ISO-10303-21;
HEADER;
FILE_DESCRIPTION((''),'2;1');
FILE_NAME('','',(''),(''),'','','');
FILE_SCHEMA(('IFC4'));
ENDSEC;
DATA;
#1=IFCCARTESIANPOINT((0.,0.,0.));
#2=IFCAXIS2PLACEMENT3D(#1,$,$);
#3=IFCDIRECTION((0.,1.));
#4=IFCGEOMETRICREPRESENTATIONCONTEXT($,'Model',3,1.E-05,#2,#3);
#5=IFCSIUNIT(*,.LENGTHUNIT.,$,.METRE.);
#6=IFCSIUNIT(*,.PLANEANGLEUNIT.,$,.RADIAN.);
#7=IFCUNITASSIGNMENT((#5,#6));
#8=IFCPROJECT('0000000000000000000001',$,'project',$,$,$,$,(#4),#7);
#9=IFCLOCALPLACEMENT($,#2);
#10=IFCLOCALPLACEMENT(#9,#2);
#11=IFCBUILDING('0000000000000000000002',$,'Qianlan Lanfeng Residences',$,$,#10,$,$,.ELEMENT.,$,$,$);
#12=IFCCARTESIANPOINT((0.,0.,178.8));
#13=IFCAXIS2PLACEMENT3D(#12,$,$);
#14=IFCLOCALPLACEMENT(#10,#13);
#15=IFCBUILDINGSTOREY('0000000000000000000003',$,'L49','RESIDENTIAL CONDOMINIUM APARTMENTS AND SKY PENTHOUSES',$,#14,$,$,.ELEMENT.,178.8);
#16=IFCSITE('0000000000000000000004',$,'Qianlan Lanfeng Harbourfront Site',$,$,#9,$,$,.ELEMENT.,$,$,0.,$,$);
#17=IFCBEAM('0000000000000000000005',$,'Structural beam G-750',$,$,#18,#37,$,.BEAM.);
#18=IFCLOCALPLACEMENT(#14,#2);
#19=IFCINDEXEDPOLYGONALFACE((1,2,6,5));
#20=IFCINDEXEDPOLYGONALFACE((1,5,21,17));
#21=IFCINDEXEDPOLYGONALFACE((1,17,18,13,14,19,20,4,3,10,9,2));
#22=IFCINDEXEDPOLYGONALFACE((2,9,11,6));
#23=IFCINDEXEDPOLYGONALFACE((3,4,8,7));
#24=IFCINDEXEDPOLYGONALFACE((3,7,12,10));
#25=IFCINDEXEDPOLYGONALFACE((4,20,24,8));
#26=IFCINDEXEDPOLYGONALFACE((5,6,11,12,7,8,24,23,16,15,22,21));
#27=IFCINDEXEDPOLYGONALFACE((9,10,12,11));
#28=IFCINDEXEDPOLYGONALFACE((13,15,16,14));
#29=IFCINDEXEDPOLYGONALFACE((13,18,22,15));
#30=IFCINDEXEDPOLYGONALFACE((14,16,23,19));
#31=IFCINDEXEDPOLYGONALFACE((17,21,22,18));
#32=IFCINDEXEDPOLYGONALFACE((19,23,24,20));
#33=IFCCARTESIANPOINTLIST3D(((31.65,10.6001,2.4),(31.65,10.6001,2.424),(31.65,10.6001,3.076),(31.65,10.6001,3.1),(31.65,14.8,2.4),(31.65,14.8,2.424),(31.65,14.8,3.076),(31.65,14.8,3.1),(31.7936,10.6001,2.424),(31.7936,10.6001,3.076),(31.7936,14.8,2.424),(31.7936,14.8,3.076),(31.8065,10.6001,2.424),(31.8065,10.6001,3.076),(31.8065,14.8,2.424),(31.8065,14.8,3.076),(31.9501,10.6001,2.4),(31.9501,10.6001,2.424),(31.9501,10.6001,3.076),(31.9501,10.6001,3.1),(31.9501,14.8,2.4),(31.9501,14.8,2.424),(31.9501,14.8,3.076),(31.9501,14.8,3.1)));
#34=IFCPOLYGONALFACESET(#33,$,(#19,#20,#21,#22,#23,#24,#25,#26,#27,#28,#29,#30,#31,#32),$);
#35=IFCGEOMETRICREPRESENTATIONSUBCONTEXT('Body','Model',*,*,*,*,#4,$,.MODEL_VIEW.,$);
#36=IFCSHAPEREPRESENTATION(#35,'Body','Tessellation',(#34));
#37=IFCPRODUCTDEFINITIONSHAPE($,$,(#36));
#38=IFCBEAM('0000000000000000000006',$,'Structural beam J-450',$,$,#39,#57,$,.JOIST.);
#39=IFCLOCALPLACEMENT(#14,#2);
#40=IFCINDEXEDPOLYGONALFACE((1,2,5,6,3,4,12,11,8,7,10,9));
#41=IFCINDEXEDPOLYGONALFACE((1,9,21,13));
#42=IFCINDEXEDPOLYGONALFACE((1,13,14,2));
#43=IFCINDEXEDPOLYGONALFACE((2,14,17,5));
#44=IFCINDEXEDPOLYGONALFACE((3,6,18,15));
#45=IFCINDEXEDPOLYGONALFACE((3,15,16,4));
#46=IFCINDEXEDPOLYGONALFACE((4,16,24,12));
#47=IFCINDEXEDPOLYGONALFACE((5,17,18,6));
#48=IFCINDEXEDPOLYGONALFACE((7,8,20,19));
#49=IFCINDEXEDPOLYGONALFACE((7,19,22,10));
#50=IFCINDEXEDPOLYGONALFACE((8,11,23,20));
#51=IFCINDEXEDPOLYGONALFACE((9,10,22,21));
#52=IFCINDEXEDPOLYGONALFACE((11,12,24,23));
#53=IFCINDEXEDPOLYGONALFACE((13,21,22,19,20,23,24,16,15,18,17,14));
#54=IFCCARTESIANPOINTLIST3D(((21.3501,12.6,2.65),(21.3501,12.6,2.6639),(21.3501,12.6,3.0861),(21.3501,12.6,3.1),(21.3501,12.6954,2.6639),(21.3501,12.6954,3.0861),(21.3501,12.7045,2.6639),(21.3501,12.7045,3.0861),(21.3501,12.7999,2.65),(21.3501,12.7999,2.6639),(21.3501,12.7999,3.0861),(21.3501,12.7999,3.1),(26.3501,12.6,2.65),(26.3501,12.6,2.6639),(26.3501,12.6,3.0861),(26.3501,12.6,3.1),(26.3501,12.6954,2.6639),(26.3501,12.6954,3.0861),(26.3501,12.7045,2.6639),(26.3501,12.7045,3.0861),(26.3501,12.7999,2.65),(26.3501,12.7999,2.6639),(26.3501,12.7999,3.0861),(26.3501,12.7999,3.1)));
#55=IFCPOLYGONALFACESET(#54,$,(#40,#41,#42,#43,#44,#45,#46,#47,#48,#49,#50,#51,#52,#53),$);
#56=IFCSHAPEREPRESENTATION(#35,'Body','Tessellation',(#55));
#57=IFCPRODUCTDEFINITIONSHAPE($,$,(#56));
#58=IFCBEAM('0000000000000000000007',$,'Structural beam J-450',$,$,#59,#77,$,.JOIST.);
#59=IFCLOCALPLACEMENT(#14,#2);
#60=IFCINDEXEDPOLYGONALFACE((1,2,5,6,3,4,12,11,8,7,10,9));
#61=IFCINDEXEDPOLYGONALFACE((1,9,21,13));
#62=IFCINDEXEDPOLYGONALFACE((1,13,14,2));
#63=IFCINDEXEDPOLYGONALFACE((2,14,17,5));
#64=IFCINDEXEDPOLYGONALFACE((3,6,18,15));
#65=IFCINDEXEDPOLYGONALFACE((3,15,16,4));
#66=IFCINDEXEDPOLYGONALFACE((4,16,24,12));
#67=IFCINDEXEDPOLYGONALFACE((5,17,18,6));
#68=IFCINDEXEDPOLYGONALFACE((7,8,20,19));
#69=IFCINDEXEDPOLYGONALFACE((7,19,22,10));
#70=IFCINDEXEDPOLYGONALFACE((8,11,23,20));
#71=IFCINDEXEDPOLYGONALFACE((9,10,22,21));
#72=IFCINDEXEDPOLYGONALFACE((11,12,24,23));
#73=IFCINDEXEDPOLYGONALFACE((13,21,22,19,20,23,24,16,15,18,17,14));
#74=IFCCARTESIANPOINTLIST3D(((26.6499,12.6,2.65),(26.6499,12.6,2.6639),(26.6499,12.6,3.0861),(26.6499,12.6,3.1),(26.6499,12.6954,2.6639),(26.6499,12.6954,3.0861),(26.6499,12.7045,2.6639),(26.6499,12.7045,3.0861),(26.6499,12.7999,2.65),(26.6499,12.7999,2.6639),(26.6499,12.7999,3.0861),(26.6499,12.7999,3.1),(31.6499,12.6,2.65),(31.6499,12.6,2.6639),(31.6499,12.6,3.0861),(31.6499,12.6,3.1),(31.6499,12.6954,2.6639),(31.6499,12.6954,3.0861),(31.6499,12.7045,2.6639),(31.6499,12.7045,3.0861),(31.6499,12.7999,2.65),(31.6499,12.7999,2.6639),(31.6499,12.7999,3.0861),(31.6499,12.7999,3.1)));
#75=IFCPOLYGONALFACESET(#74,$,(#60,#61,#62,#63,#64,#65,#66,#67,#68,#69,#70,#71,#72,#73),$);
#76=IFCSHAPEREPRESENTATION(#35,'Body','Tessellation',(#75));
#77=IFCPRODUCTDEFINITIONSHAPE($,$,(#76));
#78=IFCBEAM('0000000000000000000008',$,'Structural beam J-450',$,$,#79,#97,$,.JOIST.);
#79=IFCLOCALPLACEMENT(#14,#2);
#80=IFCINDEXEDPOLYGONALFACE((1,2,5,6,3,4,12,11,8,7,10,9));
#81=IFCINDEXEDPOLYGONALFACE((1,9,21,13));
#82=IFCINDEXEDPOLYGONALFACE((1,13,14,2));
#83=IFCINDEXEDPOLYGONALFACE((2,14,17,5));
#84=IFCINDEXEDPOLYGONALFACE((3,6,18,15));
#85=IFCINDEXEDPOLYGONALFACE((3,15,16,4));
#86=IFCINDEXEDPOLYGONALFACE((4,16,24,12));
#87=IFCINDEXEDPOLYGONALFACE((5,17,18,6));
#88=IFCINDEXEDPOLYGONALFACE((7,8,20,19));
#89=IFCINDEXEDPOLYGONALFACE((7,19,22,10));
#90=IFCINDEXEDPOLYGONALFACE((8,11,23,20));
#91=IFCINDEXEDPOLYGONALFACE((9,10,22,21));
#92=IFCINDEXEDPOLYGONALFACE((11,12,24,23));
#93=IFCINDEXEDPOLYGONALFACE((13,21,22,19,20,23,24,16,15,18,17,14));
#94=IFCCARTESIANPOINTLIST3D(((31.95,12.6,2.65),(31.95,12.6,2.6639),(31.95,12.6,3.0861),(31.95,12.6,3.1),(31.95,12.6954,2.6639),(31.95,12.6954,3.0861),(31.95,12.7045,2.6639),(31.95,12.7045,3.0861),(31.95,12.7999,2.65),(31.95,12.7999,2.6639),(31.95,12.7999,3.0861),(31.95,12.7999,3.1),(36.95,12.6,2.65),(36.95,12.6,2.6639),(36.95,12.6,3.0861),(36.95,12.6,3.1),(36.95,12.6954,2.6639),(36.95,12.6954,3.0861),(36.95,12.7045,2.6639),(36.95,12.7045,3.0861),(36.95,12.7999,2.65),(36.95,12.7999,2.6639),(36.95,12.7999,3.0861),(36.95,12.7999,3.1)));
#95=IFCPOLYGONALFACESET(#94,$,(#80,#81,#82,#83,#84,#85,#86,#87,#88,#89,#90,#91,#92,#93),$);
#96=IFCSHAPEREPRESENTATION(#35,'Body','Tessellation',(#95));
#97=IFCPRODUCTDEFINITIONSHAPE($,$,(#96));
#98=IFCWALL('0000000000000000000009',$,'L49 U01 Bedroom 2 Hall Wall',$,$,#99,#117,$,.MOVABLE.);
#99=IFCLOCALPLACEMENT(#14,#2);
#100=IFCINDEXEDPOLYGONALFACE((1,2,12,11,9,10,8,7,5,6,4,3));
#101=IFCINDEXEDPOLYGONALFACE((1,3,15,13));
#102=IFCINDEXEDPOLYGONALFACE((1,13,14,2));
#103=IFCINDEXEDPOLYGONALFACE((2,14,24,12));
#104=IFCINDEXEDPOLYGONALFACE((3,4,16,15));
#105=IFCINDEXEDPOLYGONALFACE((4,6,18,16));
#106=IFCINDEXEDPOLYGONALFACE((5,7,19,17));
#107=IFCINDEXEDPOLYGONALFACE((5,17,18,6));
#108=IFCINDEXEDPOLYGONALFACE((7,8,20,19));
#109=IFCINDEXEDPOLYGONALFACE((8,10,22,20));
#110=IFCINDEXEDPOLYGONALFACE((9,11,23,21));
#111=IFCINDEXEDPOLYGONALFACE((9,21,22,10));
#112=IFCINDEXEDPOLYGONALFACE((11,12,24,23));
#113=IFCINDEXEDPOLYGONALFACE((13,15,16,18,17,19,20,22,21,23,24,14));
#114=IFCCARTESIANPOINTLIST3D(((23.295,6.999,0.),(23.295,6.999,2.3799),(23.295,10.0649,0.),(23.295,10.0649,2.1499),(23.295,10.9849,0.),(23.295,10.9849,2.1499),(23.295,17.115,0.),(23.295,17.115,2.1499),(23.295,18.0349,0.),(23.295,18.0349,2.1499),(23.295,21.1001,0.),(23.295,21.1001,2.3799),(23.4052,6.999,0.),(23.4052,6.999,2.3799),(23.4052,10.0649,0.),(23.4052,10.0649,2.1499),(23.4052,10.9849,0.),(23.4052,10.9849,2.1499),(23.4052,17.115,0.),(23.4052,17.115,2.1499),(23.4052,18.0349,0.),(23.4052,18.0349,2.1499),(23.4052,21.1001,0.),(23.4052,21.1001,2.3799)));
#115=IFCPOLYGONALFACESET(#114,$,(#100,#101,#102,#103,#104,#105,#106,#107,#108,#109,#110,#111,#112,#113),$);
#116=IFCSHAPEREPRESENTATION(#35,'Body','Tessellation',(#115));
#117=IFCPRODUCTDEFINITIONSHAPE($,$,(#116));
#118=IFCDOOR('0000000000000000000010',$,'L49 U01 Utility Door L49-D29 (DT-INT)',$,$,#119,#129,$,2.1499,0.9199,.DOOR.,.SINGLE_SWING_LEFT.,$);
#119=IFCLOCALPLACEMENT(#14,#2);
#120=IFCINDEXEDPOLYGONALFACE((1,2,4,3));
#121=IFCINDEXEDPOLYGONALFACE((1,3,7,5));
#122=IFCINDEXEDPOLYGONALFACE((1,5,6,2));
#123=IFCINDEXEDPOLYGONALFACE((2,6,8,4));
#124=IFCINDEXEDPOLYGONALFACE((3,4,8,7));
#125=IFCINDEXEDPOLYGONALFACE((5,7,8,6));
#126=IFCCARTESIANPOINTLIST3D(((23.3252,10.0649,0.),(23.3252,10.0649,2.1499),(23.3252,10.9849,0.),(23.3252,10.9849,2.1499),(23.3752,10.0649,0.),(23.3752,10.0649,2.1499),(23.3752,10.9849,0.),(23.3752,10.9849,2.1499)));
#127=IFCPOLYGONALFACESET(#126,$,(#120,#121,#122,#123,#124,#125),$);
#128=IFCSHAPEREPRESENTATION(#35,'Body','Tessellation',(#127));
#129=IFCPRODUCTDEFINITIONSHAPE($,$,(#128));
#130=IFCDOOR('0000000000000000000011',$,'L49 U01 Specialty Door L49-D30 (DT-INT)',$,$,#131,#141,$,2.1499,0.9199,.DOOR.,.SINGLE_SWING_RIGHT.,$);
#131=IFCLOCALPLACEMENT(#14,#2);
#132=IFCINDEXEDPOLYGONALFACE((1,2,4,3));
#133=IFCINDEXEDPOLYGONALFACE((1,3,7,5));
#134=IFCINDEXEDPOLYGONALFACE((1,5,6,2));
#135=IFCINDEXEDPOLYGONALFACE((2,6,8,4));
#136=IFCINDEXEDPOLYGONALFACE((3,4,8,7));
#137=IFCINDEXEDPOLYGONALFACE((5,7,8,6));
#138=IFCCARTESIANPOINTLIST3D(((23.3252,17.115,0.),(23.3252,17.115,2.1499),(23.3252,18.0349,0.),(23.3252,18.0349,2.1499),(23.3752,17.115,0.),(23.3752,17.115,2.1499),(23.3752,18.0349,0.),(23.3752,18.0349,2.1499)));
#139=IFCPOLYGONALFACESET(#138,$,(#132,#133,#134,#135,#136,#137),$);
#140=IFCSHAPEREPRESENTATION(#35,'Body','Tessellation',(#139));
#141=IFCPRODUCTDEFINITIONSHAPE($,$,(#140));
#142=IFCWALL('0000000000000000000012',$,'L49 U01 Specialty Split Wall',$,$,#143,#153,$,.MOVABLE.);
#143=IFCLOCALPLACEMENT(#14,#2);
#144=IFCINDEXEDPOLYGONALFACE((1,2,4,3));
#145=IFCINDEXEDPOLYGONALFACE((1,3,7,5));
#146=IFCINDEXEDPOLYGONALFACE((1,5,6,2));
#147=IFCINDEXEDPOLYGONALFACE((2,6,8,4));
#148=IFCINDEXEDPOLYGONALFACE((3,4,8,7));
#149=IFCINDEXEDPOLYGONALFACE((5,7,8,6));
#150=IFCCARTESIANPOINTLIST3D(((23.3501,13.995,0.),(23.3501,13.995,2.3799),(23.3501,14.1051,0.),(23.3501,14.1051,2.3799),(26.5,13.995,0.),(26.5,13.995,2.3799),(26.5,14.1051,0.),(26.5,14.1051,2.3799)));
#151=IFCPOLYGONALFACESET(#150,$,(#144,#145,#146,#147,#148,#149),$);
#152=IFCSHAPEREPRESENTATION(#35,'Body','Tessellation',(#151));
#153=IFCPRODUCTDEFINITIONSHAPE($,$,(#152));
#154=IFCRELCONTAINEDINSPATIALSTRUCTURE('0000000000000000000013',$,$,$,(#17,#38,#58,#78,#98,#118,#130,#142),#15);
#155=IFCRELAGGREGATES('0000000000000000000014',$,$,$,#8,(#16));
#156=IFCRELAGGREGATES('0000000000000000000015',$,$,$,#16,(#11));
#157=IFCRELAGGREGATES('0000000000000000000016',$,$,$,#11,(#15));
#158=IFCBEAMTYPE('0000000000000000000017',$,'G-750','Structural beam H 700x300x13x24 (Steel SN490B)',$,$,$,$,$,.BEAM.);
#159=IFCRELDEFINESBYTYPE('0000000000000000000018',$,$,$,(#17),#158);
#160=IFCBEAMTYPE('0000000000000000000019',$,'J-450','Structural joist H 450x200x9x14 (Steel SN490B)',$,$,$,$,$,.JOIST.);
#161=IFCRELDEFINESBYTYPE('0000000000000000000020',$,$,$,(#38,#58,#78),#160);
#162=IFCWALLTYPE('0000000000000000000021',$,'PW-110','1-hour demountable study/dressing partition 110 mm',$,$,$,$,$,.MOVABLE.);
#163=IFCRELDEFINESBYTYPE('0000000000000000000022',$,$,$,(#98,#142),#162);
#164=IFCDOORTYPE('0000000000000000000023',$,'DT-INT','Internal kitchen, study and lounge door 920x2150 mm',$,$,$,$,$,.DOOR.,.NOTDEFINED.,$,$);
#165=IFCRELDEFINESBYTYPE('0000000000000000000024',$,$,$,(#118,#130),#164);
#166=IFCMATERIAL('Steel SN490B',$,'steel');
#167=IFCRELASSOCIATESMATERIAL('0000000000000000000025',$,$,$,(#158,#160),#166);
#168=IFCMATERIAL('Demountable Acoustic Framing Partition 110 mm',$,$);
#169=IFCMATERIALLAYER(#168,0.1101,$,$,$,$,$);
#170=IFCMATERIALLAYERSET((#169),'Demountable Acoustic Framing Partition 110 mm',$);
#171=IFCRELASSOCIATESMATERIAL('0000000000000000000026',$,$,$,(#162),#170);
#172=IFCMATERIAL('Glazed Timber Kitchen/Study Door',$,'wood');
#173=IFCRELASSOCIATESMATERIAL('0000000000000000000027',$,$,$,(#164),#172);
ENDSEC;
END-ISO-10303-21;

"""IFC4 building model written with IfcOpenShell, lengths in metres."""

from ifc_helpers import new_model, si_unit, direction, frame, frame_2d, origin, origin_2d, place, context, subcontext, project, spatial, rectangle, i_section, extrude, material, layer, layer_set, material_profile, profile_set, type_object, element, fill, save


model = new_model("IFC4")

# Units and contexts
model_context = context("Model", 3, precision=1e-05, world=origin(), true_north=direction((0.0, 1.0)))
body_context = subcontext(model_context, "Body", "Model", "MODEL_VIEW")
ifc_project = project(units=[si_unit("LENGTHUNIT", "METRE"), si_unit("PLANEANGLEUNIT", "RADIAN")], contexts=[model_context])

# Site, building, storey
site_placement = place(None, origin())
site = spatial("IfcSite", under=ifc_project, at=site_placement, Name="Qianlan Lanfeng Harbourfront Site", CompositionType="ELEMENT", RefElevation=0.0)
building_placement = place(site_placement, origin())
building = spatial("IfcBuilding", under=site, at=building_placement, Name="Qianlan Lanfeng Residences", CompositionType="ELEMENT")
storey_placement = place(building_placement, frame((0.0, 0.0, 178.8)))
storey = spatial("IfcBuildingStorey", under=building, at=storey_placement, Name="L49", Description="RESIDENTIAL CONDOMINIUM APARTMENTS AND SKY PENTHOUSES", CompositionType="ELEMENT", Elevation=178.8)

# Shared definitions
ifc_material_1 = material(Name="Steel SN490B", Category="steel")

# Beams
ifc_material_profile_1 = material_profile(ifc_material_1, i_section(OverallWidth=0.3, OverallDepth=0.7, WebThickness=0.0129, FlangeThickness=0.0239, at=origin_2d()), Name="H 700x300x13x24")
ifc_profile_set_1 = profile_set([ifc_material_profile_1], Name="Steel SN490B")
beam_type_1 = type_object("IfcBeamType", Name="G-750", Description="Structural beam H 700x300x13x24 (Steel SN490B)", PredefinedType="BEAM", material=ifc_profile_set_1)
beam_1_placement = place(storey_placement, frame((31.8, 10.6001, 2.75), z_axis=(0.0, 1.0, 0.0), x_axis=(-1.0, 0.0, 0.0)))
element("IfcBeam", 1, at=beam_1_placement, inside=storey, type_object=beam_type_1, Name="Structural beam G-750", PredefinedType="BEAM", context=body_context, shape_type="SweptSolid", body=[
    extrude(i_section(OverallWidth=0.3, OverallDepth=0.7, WebThickness=0.0129, FlangeThickness=0.0239, at=origin_2d()), origin(), (0.0, 0.0, 1.0), 4.2),
])
ifc_material_profile_2 = material_profile(ifc_material_1, i_section(OverallWidth=0.2, OverallDepth=0.45, WebThickness=0.009, FlangeThickness=0.0139, at=origin_2d()), Name="H 450x200x9x14")
ifc_profile_set_2 = profile_set([ifc_material_profile_2], Name="Steel SN490B")
beam_type_2 = type_object("IfcBeamType", Name="J-450", Description="Structural joist H 450x200x9x14 (Steel SN490B)", PredefinedType="JOIST", material=ifc_profile_set_2)
for number, where, z_axis, x_axis, name in (
    (2, (21.3501, 12.7, 2.875), (1.0, 0.0, 0.0), (0.0, 1.0, 0.0), "Structural beam J-450"),
    (3, (26.6499, 12.7, 2.875), (1.0, 0.0, 0.0), (0.0, 1.0, 0.0), "Structural beam J-450"),
    (4, (31.95, 12.7, 2.875), (1.0, 0.0, 0.0), (0.0, 1.0, 0.0), "Structural beam J-450"),
):
    element("IfcBeam", number, at=place(storey_placement, frame(where, z_axis=z_axis, x_axis=x_axis)), inside=storey, type_object=beam_type_2, Name=name, PredefinedType="JOIST", context=body_context, shape_type="SweptSolid", body=[
        extrude(i_section(OverallWidth=0.2, OverallDepth=0.45, WebThickness=0.009, FlangeThickness=0.0139, at=origin_2d()), origin(), (0.0, 0.0, 1.0), 5.0),
    ])

# Wall, openings, doors
ifc_material_2 = material(Name="Demountable Acoustic Framing Partition 110 mm")
ifc_layer_1 = layer(ifc_material_2, 0.1101)
ifc_layer_set_1 = layer_set([ifc_layer_1], Name="Demountable Acoustic Framing Partition 110 mm")
wall_type_1 = type_object("IfcWallType", Name="PW-110", Description="1-hour demountable study/dressing partition 110 mm", PredefinedType="MOVABLE", material=ifc_layer_set_1)
wall_1_placement = place(storey_placement, frame((23.3501, 6.999, 0.0), z_axis=(0.0, 0.0, 1.0), x_axis=(0.0, 1.0, 0.0)))
wall_1 = element("IfcWall", 5, at=wall_1_placement, inside=storey, type_object=wall_type_1, Name="L49 U01 Bedroom 2 Hall Wall", PredefinedType="MOVABLE", context=body_context, shape_type="SweptSolid", body=[
    extrude(rectangle(XDim=14.1011, YDim=0.1101, at=frame_2d((7.0505, 0.0))), origin(), (0.0, 0.0, 1.0), 2.3799),
])
opening_1_placement = place(wall_1_placement, frame((3.0659, 0.0, 0.0)))
opening_1 = element("IfcOpeningElement", 6, at=opening_1_placement, cuts=wall_1, PredefinedType="OPENING", context=body_context, shape_type="SweptSolid", body=[
    extrude(rectangle(XDim=0.9199, YDim=2.1499, at=frame_2d((0.46, 1.075))), frame((0.0, 0.0649, 0.0), z_axis=(0.0, -1.0, 0.0), x_axis=(1.0, 0.0, 0.0)), (0.0, 0.0, 1.0), 0.1301),
])
opening_2_placement = place(wall_1_placement, frame((10.116, 0.0, 0.0)))
opening_2 = element("IfcOpeningElement", 7, at=opening_2_placement, cuts=wall_1, PredefinedType="OPENING", context=body_context, shape_type="SweptSolid", body=[
    extrude(rectangle(XDim=0.9199, YDim=2.1499, at=frame_2d((0.46, 1.075))), frame((0.0, 0.0649, 0.0), z_axis=(0.0, -1.0, 0.0), x_axis=(1.0, 0.0, 0.0)), (0.0, 0.0, 1.0), 0.1301),
])
ifc_material_3 = material(Name="Glazed Timber Kitchen/Study Door", Category="wood")
door_type_1 = type_object("IfcDoorType", Name="DT-INT", Description="Internal kitchen, study and lounge door 920x2150 mm", OperationType="NOTDEFINED", PredefinedType="DOOR", material=ifc_material_3)
door_1_placement = place(opening_1_placement, origin())
door_1 = element("IfcDoor", 8, at=door_1_placement, inside=storey, type_object=door_type_1, Name="L49 U01 Utility Door L49-D29 (DT-INT)", OperationType="SINGLE_SWING_LEFT", OverallHeight=2.1499, OverallWidth=0.9199, PredefinedType="DOOR", context=body_context, shape_type="SweptSolid", body=[
    extrude(rectangle(XDim=0.9199, YDim=2.1499, at=frame_2d((0.46, 1.075))), frame((0.0, 0.0249, 0.0), z_axis=(0.0, -1.0, 0.0), x_axis=(1.0, 0.0, 0.0)), (0.0, 0.0, 1.0), 0.05),
])
fill(opening_1, door_1)
door_2_placement = place(opening_2_placement, origin())
door_2 = element("IfcDoor", 9, at=door_2_placement, inside=storey, type_object=door_type_1, Name="L49 U01 Specialty Door L49-D30 (DT-INT)", OperationType="SINGLE_SWING_RIGHT", OverallHeight=2.1499, OverallWidth=0.9199, PredefinedType="DOOR", context=body_context, shape_type="SweptSolid", body=[
    extrude(rectangle(XDim=0.9199, YDim=2.1499, at=frame_2d((0.46, 1.075))), frame((0.0, 0.0249, 0.0), z_axis=(0.0, -1.0, 0.0), x_axis=(1.0, 0.0, 0.0)), (0.0, 0.0, 1.0), 0.05),
])
fill(opening_2, door_2)

# Wall
wall_2_placement = place(storey_placement, frame((23.3501, 14.05, 0.0), z_axis=(0.0, 0.0, 1.0), x_axis=(1.0, 0.0, 0.0)))
element("IfcWall", 10, at=wall_2_placement, inside=storey, type_object=wall_type_1, Name="L49 U01 Specialty Split Wall", PredefinedType="MOVABLE", context=body_context, shape_type="SweptSolid", body=[
    extrude(rectangle(XDim=3.1499, YDim=0.1101, at=frame_2d((1.575, 0.0))), origin(), (0.0, 0.0, 1.0), 2.3799),
])

save(model, "model.ifc")
